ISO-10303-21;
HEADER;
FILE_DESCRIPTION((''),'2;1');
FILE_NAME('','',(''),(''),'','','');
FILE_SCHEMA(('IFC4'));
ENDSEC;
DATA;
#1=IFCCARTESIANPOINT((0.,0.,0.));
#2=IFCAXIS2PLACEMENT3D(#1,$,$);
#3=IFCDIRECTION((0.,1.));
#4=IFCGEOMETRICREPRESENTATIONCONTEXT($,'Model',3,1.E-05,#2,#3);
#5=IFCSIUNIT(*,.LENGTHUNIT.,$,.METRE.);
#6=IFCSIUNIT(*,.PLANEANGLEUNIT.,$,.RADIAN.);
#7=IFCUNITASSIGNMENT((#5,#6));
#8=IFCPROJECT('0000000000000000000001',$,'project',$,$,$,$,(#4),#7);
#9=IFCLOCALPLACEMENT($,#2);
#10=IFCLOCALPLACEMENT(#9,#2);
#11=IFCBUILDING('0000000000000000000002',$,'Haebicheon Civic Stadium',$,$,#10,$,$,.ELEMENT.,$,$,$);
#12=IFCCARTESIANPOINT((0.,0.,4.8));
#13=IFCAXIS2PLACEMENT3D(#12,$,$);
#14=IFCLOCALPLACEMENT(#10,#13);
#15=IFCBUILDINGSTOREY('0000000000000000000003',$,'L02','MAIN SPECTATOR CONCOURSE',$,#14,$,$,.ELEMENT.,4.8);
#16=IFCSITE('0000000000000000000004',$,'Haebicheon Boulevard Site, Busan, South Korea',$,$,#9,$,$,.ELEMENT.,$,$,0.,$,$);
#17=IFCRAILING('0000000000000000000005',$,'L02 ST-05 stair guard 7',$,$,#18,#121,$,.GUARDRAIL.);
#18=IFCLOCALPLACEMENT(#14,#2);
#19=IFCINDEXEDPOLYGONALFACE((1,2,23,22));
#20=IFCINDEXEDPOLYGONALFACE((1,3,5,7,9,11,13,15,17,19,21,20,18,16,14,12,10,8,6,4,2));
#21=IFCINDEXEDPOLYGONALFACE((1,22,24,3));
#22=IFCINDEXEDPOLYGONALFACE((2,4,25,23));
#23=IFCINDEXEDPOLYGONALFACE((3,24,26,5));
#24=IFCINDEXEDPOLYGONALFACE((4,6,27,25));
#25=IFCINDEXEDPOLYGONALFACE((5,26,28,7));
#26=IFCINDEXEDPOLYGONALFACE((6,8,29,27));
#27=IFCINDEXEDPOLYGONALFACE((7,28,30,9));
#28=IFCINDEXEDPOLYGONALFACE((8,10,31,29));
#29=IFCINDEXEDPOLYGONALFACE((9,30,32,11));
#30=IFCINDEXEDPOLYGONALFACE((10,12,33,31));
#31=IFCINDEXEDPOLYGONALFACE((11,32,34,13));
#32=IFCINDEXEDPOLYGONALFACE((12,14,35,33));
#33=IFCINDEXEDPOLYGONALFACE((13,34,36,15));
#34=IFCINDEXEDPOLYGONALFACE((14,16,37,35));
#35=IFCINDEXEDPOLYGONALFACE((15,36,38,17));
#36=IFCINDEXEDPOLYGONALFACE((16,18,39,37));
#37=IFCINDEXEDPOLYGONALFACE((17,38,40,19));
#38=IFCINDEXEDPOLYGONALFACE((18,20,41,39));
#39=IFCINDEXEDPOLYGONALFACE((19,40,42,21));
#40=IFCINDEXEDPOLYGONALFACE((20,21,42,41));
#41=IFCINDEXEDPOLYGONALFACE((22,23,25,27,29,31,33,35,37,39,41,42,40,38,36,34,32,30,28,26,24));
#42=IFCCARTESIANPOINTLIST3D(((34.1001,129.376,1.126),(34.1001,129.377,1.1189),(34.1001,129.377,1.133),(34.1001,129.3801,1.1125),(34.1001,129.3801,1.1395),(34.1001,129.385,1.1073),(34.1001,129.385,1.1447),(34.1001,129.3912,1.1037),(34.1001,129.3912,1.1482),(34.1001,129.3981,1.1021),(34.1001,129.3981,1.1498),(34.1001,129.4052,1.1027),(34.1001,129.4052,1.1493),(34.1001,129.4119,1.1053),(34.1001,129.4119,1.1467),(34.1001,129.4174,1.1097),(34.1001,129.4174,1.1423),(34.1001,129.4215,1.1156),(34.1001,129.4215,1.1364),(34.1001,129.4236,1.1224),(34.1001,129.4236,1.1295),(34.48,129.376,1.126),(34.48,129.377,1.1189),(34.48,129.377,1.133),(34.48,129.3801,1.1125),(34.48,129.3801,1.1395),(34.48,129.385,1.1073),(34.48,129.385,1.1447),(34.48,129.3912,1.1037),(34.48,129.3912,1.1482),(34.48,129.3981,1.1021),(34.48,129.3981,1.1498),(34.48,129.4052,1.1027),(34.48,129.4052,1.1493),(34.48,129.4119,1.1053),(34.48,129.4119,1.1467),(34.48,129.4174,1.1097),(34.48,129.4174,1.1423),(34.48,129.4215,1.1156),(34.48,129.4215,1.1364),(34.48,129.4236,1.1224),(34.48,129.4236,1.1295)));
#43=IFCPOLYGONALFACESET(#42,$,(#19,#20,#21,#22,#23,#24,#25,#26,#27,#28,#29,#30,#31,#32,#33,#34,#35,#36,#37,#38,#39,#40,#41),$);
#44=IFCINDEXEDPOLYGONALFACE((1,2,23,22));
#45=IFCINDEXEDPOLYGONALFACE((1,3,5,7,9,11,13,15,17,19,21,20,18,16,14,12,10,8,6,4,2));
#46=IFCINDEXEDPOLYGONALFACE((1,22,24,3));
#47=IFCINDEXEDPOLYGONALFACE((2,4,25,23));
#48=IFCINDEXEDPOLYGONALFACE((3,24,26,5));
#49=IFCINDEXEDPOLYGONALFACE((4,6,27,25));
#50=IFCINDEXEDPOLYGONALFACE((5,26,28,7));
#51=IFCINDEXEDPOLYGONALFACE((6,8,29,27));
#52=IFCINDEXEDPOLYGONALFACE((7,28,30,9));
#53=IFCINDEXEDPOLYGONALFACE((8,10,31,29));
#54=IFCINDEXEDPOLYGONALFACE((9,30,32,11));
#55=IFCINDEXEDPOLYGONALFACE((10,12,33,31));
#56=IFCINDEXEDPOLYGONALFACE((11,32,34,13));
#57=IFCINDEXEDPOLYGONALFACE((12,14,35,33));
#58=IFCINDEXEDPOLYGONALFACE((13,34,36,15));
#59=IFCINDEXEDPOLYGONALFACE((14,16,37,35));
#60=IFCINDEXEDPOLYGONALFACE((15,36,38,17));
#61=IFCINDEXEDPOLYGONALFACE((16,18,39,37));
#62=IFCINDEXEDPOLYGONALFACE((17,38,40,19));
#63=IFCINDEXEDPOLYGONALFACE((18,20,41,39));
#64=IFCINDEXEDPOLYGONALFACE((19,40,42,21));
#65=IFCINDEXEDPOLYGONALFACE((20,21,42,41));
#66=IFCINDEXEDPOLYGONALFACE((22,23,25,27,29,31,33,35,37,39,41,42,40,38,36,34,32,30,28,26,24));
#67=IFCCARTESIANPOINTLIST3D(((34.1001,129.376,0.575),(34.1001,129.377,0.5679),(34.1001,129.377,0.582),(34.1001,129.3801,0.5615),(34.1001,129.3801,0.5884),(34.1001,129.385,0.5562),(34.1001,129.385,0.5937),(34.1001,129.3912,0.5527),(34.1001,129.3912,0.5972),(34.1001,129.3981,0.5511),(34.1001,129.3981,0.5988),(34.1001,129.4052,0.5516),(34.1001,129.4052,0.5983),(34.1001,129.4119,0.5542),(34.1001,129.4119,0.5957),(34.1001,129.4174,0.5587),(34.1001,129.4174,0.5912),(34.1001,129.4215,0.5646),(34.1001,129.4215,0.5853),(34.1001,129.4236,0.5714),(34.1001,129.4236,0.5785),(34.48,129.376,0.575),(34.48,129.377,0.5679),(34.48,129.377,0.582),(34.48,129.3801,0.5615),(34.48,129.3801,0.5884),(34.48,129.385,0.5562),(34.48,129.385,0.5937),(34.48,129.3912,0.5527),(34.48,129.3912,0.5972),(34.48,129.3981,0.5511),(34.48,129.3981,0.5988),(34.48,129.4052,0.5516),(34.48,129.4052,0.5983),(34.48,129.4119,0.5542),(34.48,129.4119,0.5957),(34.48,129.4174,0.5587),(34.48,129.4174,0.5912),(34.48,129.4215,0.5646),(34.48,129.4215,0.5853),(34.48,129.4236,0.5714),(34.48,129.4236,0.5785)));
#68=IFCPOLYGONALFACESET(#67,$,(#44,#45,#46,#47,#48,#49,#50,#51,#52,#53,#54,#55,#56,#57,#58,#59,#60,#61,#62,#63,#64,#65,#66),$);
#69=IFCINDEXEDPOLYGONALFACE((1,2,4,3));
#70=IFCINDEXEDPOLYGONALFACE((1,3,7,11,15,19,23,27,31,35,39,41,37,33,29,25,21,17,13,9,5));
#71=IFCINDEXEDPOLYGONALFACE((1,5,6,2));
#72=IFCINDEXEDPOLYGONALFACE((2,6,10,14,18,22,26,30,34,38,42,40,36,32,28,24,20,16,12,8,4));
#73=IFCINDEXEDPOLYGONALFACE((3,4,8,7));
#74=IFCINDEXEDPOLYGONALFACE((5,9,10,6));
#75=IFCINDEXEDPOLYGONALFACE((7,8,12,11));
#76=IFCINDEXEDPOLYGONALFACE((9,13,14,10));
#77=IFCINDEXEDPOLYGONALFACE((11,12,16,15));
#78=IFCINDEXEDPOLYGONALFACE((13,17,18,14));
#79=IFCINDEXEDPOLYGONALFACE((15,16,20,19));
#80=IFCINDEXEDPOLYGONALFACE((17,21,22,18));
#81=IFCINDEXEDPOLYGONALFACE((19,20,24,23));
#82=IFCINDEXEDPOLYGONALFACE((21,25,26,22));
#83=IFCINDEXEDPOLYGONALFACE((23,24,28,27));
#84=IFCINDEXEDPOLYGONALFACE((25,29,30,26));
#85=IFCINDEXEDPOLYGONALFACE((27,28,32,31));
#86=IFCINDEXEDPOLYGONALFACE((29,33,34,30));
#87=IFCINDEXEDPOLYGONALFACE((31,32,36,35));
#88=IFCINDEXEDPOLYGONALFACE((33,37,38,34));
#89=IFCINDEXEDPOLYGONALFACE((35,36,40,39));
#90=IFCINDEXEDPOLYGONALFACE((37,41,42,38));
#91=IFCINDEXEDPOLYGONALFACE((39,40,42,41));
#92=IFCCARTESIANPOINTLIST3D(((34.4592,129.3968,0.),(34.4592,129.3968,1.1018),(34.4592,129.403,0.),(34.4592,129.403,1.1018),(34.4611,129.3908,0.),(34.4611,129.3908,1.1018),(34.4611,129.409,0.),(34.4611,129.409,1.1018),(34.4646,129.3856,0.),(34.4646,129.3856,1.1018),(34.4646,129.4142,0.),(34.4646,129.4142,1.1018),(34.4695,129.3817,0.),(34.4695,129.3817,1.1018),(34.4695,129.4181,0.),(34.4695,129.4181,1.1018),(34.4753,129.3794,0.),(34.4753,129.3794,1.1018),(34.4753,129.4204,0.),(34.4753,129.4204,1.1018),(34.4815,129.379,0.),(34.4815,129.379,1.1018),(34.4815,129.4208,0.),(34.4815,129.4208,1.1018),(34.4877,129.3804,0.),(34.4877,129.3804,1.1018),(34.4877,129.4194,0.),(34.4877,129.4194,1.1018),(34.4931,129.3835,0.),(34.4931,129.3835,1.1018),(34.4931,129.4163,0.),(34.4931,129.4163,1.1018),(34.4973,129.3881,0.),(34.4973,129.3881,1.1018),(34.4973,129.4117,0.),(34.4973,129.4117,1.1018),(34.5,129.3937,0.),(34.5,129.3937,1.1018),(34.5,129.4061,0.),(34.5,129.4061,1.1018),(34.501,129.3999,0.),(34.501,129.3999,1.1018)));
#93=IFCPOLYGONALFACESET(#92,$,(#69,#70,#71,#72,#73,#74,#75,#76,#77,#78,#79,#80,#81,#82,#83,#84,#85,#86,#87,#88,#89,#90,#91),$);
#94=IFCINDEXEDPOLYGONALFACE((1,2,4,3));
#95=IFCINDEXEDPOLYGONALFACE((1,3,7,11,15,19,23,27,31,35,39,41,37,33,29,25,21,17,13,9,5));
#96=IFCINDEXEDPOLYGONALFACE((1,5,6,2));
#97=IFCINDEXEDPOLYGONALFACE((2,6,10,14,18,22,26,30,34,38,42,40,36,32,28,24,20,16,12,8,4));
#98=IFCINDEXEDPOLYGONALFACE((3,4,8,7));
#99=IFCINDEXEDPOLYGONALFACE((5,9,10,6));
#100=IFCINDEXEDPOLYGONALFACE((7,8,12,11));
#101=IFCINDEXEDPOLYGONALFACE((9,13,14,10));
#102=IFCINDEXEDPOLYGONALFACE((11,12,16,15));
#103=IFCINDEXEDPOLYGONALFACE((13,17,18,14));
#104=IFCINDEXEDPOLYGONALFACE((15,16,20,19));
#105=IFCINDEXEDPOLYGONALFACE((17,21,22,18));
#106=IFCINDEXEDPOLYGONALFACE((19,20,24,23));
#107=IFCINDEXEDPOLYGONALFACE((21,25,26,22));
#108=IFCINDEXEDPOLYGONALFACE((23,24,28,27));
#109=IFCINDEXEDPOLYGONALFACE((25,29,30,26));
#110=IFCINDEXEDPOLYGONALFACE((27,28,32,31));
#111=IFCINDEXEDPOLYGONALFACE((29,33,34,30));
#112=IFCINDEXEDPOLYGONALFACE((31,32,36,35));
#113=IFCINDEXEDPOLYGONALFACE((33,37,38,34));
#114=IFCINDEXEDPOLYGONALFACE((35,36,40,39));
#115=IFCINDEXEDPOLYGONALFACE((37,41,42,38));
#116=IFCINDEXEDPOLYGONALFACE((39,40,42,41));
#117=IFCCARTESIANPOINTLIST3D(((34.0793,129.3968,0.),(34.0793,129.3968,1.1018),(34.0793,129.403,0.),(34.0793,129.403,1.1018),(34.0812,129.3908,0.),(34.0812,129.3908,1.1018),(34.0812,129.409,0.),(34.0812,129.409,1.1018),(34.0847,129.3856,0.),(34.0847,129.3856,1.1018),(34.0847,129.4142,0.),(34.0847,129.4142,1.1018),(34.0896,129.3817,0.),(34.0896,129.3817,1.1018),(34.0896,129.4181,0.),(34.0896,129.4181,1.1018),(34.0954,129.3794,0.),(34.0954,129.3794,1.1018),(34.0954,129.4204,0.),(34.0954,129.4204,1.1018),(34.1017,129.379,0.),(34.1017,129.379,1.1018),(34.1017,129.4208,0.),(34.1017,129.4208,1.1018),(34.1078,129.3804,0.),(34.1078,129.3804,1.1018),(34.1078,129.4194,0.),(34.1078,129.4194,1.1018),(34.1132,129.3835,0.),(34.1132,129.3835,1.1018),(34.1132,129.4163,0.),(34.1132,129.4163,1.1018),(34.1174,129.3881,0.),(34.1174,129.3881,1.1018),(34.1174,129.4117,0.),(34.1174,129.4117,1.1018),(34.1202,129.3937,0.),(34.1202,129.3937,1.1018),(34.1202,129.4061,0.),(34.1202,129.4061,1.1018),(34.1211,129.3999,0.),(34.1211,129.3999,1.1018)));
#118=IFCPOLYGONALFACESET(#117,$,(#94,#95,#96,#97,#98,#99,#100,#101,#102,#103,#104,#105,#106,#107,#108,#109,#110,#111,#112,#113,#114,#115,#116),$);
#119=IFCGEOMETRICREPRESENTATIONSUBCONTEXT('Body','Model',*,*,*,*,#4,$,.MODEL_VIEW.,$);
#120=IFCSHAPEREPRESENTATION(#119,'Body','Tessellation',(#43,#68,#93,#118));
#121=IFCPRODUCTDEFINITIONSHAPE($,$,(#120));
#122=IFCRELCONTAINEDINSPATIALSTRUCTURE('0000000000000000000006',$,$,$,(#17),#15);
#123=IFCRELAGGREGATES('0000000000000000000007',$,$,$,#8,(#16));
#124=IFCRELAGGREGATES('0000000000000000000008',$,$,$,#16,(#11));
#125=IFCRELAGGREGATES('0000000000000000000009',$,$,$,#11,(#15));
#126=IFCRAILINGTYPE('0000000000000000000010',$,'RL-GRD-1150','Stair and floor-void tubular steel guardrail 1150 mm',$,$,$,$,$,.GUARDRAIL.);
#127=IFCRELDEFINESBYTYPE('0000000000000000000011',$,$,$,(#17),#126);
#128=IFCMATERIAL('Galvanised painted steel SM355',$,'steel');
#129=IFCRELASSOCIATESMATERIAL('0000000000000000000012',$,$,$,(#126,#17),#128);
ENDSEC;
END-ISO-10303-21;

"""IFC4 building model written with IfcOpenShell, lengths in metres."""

from ifc_helpers import new_model, si_unit, direction, frame, origin, origin_2d, place, context, subcontext, project, spatial, circle, extrude, material, type_object, element, save


model = new_model("IFC4")

# Units and contexts
model_context = context("Model", 3, precision=1e-05, world=origin(), true_north=direction((0.0, 1.0)))
body_context = subcontext(model_context, "Body", "Model", "MODEL_VIEW")
ifc_project = project(units=[si_unit("LENGTHUNIT", "METRE"), si_unit("PLANEANGLEUNIT", "RADIAN")], contexts=[model_context])

# Site, building, storey
site_placement = place(None, origin())
site = spatial("IfcSite", under=ifc_project, at=site_placement, Name="Haebicheon Boulevard Site, Busan, South Korea", CompositionType="ELEMENT", RefElevation=0.0)
building_placement = place(site_placement, origin())
building = spatial("IfcBuilding", under=site, at=building_placement, Name="Haebicheon Civic Stadium", CompositionType="ELEMENT")
storey_placement = place(building_placement, frame((0.0, 0.0, 4.8)))
storey = spatial("IfcBuildingStorey", under=building, at=storey_placement, Name="L02", Description="MAIN SPECTATOR CONCOURSE", CompositionType="ELEMENT", Elevation=4.8)

# Railing
ifc_material_1 = material(Name="Galvanised painted steel SM355", Category="steel")
railing_type = type_object("IfcRailingType", Name="RL-GRD-1150", Description="Stair and floor-void tubular steel guardrail 1150 mm", PredefinedType="GUARDRAIL", material=ifc_material_1)
railing_1_placement = place(storey_placement, frame((34.48, 129.3999, 0.0)))
element("IfcRailing", 1, at=railing_1_placement, inside=storey, type_object=railing_type, material=ifc_material_1, Name="L02 ST-05 stair guard 7", PredefinedType="GUARDRAIL", context=body_context, shape_type="SweptSolid", body=[
    extrude(circle(Radius=0.0239, at=origin_2d()), frame((0.0, 0.0, 1.126), z_axis=(-1.0, 0.0, 0.0), x_axis=(0.0, -1.0, 0.0)), (0.0, 0.0, 1.0), 0.3799),
    extrude(circle(Radius=0.0239, at=origin_2d()), frame((0.0, 0.0, 0.575), z_axis=(-1.0, 0.0, 0.0), x_axis=(0.0, -1.0, 0.0)), (0.0, 0.0, 1.0), 0.3799),
    extrude(circle(Radius=0.021, at=origin_2d()), origin(), (0.0, 0.0, 1.0), 1.1018),
    extrude(circle(Radius=0.021, at=origin_2d()), frame((-0.3799, 0.0, 0.0)), (0.0, 0.0, 1.0), 1.1018),
])

save(model, "model.ifc")
